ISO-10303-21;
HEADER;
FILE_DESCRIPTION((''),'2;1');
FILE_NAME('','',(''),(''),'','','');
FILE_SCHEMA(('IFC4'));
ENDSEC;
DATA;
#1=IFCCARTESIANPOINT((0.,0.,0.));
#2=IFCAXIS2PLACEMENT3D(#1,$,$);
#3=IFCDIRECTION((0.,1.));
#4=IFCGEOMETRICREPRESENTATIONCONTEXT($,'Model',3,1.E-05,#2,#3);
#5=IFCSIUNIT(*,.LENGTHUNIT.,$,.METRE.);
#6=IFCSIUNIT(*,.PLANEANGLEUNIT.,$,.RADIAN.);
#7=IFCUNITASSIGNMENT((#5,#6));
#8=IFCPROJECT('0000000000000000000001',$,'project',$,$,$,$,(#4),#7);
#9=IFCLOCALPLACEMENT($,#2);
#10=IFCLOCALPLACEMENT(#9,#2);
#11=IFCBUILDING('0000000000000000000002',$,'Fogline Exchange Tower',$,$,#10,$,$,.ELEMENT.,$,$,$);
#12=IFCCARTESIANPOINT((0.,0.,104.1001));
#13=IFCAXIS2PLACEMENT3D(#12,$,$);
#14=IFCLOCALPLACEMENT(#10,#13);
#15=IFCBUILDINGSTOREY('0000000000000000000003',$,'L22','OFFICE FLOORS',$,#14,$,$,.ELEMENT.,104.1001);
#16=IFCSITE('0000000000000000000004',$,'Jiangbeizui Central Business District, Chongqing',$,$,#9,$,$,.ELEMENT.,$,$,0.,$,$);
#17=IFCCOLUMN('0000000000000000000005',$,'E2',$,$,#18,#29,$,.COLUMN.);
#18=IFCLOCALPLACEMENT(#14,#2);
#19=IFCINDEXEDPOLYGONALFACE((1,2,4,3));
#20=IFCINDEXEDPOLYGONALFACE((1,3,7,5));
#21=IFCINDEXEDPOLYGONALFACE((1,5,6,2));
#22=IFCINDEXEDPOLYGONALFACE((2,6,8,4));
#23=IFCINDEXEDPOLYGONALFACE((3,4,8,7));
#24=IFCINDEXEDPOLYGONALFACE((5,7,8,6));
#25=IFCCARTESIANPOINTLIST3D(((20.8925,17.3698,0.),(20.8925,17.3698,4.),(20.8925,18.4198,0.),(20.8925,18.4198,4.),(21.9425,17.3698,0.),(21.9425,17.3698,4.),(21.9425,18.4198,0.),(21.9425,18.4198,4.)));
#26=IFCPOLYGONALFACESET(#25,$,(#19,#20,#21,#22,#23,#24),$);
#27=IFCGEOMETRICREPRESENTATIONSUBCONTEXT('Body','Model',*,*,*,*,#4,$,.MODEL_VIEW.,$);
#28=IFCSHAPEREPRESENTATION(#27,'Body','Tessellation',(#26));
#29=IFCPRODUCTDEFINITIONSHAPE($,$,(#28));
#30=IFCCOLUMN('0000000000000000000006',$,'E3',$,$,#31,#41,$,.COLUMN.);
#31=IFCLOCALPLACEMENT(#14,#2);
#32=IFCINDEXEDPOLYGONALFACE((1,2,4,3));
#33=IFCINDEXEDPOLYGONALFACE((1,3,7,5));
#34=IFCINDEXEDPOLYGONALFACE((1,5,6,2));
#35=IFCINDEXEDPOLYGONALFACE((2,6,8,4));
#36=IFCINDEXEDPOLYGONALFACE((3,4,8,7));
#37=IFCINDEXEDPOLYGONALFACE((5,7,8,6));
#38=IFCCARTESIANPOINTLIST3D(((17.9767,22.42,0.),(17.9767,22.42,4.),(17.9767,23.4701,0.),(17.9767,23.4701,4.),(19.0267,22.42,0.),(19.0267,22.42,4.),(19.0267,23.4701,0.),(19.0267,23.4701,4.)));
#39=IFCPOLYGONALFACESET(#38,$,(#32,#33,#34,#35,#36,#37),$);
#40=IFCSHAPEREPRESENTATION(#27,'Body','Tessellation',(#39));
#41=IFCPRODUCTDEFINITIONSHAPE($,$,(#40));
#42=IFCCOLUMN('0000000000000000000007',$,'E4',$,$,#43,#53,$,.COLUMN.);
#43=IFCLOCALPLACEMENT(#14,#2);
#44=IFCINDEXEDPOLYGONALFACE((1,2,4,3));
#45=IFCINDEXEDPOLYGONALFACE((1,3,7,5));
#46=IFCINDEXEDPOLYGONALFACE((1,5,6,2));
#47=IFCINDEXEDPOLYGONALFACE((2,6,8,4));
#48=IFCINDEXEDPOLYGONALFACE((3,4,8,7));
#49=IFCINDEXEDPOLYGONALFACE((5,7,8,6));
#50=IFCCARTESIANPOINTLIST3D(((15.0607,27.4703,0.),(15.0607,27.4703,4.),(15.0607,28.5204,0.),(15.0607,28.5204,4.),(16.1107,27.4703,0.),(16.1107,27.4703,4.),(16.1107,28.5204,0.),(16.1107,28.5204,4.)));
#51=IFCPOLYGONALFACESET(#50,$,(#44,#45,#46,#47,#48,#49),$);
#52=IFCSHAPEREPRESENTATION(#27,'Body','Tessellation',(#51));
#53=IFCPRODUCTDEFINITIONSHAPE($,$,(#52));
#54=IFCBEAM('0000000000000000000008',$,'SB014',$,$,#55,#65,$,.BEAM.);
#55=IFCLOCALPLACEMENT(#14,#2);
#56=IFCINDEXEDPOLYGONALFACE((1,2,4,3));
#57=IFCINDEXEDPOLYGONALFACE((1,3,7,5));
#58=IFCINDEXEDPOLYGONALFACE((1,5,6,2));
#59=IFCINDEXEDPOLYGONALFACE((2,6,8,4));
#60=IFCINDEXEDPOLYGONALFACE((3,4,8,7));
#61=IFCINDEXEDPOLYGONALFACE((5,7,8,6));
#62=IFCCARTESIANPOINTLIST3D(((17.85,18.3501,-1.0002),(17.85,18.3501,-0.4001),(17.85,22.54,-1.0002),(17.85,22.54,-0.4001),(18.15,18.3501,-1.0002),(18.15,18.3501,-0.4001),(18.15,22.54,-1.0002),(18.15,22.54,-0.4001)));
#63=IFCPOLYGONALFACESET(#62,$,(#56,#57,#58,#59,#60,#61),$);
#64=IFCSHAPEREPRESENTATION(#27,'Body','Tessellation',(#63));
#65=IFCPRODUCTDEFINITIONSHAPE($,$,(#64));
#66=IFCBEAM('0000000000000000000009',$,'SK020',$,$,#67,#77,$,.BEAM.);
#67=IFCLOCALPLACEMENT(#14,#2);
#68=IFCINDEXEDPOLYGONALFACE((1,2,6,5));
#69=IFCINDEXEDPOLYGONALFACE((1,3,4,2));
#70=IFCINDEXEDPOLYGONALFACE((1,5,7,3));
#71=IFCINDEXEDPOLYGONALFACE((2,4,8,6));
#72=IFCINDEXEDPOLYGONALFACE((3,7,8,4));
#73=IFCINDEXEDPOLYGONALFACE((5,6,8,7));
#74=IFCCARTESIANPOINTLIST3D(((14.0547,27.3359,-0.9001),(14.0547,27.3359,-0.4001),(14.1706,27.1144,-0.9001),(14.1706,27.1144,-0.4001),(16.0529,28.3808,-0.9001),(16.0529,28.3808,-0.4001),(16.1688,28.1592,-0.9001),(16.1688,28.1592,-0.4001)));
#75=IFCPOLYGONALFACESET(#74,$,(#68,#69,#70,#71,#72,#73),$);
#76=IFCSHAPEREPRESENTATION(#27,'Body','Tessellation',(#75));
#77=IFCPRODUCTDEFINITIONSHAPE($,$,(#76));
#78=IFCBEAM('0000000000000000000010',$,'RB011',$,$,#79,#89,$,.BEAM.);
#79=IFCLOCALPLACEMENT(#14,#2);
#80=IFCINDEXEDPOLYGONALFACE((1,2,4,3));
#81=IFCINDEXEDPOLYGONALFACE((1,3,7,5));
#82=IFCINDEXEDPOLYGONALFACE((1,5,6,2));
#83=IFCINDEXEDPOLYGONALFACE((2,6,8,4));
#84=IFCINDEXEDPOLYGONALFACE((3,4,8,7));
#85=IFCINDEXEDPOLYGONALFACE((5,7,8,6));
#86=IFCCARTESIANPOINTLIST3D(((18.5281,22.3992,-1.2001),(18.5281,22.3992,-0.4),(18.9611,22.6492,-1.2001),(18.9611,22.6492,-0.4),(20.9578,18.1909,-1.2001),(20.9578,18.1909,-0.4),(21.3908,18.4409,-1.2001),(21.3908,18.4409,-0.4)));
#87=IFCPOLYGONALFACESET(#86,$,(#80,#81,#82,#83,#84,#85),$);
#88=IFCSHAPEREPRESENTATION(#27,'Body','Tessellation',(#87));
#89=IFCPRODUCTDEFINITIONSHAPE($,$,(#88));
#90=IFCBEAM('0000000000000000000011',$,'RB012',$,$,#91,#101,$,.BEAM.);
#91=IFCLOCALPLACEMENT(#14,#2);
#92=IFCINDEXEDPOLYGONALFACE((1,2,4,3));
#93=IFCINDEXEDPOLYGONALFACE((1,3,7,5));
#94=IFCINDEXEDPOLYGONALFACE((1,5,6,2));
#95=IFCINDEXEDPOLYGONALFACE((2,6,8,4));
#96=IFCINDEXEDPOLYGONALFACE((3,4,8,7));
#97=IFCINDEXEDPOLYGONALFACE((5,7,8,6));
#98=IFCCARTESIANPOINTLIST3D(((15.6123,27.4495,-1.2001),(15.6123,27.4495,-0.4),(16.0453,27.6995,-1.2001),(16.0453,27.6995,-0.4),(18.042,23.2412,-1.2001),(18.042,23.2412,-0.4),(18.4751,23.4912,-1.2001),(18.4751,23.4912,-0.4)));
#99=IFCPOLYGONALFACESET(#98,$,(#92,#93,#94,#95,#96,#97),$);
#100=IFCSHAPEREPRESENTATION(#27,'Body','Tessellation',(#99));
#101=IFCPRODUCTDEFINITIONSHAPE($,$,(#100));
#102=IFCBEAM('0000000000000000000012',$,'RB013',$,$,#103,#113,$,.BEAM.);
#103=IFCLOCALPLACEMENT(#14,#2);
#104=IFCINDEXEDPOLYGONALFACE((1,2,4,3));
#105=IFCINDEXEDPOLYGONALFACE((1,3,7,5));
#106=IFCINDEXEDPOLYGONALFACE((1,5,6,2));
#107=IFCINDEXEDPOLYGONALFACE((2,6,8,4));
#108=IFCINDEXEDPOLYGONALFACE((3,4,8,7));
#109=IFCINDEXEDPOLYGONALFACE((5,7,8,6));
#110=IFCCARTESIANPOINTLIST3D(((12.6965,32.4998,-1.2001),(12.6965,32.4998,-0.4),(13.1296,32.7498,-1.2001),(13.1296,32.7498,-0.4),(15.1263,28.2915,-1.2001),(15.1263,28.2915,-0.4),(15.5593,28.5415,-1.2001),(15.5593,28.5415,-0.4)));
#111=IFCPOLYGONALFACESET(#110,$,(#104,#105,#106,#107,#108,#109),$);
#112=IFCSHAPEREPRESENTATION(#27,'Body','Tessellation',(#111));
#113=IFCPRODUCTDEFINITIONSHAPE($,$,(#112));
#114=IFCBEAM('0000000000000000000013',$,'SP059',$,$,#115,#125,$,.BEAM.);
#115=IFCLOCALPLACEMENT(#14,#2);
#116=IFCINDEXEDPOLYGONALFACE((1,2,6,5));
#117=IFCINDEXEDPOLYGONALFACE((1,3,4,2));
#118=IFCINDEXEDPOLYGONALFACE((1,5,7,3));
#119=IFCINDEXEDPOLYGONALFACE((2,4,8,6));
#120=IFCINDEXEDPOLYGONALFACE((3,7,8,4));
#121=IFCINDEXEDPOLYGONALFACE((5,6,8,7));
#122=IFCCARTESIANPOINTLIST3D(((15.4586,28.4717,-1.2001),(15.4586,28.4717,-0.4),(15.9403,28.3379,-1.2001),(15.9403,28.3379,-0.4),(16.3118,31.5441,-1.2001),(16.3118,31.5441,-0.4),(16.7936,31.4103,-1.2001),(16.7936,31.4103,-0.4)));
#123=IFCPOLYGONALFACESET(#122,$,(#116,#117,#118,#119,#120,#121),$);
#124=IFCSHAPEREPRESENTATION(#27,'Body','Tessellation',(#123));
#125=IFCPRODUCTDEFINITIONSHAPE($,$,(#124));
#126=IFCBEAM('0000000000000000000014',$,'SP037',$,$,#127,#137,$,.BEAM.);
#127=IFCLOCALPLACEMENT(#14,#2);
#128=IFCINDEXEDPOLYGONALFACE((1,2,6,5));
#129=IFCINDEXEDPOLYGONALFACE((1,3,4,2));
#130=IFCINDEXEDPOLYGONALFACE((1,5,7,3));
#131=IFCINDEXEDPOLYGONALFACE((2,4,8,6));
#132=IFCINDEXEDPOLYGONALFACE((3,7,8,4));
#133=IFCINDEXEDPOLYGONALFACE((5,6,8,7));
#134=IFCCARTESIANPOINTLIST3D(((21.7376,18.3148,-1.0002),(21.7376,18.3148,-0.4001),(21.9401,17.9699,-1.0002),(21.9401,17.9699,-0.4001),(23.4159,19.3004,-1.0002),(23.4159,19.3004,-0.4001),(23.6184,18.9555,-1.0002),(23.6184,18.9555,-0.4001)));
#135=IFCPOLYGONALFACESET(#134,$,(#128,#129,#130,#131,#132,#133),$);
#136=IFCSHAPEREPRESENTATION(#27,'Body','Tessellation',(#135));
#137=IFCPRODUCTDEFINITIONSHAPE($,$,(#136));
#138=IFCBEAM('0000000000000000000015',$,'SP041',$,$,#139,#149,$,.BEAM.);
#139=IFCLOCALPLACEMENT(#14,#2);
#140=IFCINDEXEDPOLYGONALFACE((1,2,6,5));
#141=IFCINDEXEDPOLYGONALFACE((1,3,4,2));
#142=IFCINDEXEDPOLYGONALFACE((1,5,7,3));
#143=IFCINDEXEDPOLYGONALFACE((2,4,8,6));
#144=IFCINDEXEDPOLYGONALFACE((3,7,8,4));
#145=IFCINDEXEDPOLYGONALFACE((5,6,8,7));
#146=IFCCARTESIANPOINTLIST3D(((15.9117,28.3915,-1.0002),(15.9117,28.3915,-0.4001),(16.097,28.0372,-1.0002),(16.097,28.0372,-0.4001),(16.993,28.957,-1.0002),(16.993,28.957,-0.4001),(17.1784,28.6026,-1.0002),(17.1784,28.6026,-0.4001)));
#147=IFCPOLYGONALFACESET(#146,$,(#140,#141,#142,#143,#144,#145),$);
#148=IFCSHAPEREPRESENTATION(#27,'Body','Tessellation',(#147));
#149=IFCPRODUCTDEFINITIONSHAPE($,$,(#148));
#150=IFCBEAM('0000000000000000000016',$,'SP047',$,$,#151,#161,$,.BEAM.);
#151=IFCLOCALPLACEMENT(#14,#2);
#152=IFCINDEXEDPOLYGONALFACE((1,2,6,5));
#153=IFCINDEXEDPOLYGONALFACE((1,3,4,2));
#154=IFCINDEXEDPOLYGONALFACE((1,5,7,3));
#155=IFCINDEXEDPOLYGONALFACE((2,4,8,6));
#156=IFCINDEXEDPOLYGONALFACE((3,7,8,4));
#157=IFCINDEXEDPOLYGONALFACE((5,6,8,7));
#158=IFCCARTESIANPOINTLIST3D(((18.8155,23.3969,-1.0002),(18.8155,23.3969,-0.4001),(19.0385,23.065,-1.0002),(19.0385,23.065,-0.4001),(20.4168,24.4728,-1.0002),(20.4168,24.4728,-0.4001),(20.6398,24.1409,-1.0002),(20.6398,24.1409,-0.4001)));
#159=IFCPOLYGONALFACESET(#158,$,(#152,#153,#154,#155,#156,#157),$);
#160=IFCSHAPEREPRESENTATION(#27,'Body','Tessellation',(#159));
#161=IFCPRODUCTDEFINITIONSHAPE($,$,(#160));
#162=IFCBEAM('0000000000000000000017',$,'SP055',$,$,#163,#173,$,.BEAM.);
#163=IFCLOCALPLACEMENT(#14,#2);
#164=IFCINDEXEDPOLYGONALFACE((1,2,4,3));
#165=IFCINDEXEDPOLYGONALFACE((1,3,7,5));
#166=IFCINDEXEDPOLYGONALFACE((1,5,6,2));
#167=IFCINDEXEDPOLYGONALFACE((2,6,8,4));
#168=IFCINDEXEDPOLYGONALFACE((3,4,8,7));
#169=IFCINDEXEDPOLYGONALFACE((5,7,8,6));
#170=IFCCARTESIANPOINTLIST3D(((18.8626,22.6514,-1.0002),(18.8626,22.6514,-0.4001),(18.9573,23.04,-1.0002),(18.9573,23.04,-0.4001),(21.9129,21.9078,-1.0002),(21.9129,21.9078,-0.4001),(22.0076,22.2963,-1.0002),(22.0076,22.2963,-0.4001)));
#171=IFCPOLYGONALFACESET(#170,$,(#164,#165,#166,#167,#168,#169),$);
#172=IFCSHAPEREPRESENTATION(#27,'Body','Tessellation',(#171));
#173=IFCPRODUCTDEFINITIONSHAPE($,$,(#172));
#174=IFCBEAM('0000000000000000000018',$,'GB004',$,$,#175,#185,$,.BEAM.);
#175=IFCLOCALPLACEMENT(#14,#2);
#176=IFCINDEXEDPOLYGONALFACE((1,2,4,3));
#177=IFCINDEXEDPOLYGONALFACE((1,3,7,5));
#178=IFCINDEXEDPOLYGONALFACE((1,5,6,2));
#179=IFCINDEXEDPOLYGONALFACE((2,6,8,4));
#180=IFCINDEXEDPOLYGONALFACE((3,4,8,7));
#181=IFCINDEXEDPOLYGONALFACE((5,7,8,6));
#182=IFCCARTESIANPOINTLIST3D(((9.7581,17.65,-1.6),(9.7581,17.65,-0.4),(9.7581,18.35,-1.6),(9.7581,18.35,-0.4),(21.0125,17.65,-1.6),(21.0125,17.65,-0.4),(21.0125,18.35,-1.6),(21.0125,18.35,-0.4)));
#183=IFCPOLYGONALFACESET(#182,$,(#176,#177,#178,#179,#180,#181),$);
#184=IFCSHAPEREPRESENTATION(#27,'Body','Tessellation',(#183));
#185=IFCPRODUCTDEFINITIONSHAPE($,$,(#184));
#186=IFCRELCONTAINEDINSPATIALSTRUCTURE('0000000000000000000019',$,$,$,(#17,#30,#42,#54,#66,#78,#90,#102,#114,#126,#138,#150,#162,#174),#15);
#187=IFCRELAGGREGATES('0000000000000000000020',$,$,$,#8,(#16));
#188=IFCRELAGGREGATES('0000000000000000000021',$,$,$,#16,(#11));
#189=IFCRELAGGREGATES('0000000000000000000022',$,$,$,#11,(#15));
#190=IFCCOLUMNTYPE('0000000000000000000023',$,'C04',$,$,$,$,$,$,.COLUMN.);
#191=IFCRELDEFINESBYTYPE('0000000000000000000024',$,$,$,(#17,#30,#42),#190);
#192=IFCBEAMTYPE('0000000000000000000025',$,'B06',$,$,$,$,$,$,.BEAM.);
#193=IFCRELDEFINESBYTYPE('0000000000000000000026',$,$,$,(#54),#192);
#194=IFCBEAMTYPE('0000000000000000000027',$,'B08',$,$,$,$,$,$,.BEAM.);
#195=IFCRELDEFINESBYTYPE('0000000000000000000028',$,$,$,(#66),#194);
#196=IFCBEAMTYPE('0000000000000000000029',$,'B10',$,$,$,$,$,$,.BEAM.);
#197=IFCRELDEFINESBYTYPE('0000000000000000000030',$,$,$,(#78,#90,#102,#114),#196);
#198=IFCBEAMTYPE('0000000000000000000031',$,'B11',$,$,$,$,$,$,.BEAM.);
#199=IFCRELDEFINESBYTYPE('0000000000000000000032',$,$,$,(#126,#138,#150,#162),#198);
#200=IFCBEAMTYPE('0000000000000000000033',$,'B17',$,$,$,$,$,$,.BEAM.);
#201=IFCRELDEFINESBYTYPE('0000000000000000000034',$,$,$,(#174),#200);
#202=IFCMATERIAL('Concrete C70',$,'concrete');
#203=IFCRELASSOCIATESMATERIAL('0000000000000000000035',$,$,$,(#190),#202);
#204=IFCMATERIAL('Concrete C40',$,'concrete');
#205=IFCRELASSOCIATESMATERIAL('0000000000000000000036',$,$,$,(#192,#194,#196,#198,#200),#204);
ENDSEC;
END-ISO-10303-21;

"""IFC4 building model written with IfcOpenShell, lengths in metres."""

from ifc_helpers import new_model, si_unit, direction, frame, origin, origin_2d, place, context, subcontext, project, spatial, rectangle, extrude, material, material_profile, profile_set, type_object, element, save


model = new_model("IFC4")

# Units and contexts
model_context = context("Model", 3, precision=1e-05, world=origin(), true_north=direction((0.0, 1.0)))
body_context = subcontext(model_context, "Body", "Model", "MODEL_VIEW")
ifc_project = project(units=[si_unit("LENGTHUNIT", "METRE"), si_unit("PLANEANGLEUNIT", "RADIAN")], contexts=[model_context])

# Site, building, storey
site_placement = place(None, origin())
site = spatial("IfcSite", under=ifc_project, at=site_placement, Name="Jiangbeizui Central Business District, Chongqing", CompositionType="ELEMENT", RefElevation=0.0)
building_placement = place(site_placement, origin())
building = spatial("IfcBuilding", under=site, at=building_placement, Name="Fogline Exchange Tower", CompositionType="ELEMENT")
storey_placement = place(building_placement, frame((0.0, 0.0, 104.1001)))
storey = spatial("IfcBuildingStorey", under=building, at=storey_placement, Name="L22", Description="OFFICE FLOORS", CompositionType="ELEMENT", Elevation=104.1001)

# Columns
ifc_material_1 = material(Name="Concrete C70", Category="concrete")
ifc_material_profile_1 = material_profile(ifc_material_1, rectangle(XDim=1.05, YDim=1.05, at=origin_2d()), Name="RC 1050x1050")
ifc_profile_set_1 = profile_set([ifc_material_profile_1], Name="Concrete C70")
column_type = type_object("IfcColumnType", Name="C04", PredefinedType="COLUMN", material=ifc_profile_set_1)
for number, where, z_axis, x_axis, name in (
    (1, (21.4175, 17.8948, 0.0), (0.0, 0.0, 1.0), (1.0, 0.0, 0.0), "E2"),
    (2, (18.5017, 22.9451, 0.0), (0.0, 0.0, 1.0), (1.0, 0.0, 0.0), "E3"),
    (3, (15.5857, 27.9954, 0.0), (0.0, 0.0, 1.0), (1.0, 0.0, 0.0), "E4"),
):
    element("IfcColumn", number, at=place(storey_placement, frame(where, z_axis=z_axis, x_axis=x_axis)), inside=storey, type_object=column_type, Name=name, PredefinedType="COLUMN", context=body_context, shape_type="SweptSolid", body=[
        extrude(rectangle(XDim=1.05, YDim=1.05, at=origin_2d()), origin(), (0.0, 0.0, 1.0), 4.0),
    ])

# Beams
ifc_material_2 = material(Name="Concrete C40", Category="concrete")
ifc_material_profile_2 = material_profile(ifc_material_2, rectangle(XDim=0.3, YDim=0.6001, at=origin_2d()), Name="RC 300x600")
ifc_profile_set_2 = profile_set([ifc_material_profile_2], Name="Concrete C40")
beam_type_1 = type_object("IfcBeamType", Name="B06", PredefinedType="BEAM", material=ifc_profile_set_2)
beam_1_placement = place(storey_placement, frame((18.0, 18.3501, -0.7002), z_axis=(0.0, 1.0, 0.0), x_axis=(-1.0, 0.0, 0.0)))
element("IfcBeam", 4, at=beam_1_placement, inside=storey, type_object=beam_type_1, Name="SB014", PredefinedType="BEAM", context=body_context, shape_type="SweptSolid", body=[
    extrude(rectangle(XDim=0.3, YDim=0.6001, at=origin_2d()), origin(), (0.0, 0.0, 1.0), 4.1899),
])
ifc_material_profile_3 = material_profile(ifc_material_2, rectangle(XDim=0.25, YDim=0.5, at=origin_2d()), Name="RC 250x500")
ifc_profile_set_3 = profile_set([ifc_material_profile_3], Name="Concrete C40")
beam_type_2 = type_object("IfcBeamType", Name="B08", PredefinedType="BEAM", material=ifc_profile_set_3)
beam_2_placement = place(storey_placement, frame((16.1108, 28.27, -0.6501), z_axis=(-0.88616, -0.46338, 0.0), x_axis=(0.46338, -0.88616, 0.0)))
element("IfcBeam", 5, at=beam_2_placement, inside=storey, type_object=beam_type_2, Name="SK020", PredefinedType="BEAM", context=body_context, shape_type="SweptSolid", body=[
    extrude(rectangle(XDim=0.25, YDim=0.5, at=origin_2d()), origin(), (0.0, 0.0, 1.0), 2.2549),
])
ifc_material_profile_4 = material_profile(ifc_material_2, rectangle(XDim=0.5, YDim=0.8, at=origin_2d()), Name="RC 500x800")
ifc_profile_set_4 = profile_set([ifc_material_profile_4], Name="Concrete C40")
beam_type_3 = type_object("IfcBeamType", Name="B10", PredefinedType="BEAM", material=ifc_profile_set_4)
for number, where, z_axis, x_axis, name in (
    (6, (21.1743, 18.3159, -0.8), (-0.500008, 0.866021, 0.0), (-0.866021, -0.500008, 0.0), "RB011"),
    (7, (18.2585, 23.3662, -0.8), (-0.500008, 0.866021, 0.0), (-0.866021, -0.500008, 0.0), "RB012"),
    (8, (15.3428, 28.4165, -0.8), (-0.500008, 0.866021, 0.0), (-0.866021, -0.500008, 0.0), "RB013"),
):
    element("IfcBeam", number, at=place(storey_placement, frame(where, z_axis=z_axis, x_axis=x_axis)), inside=storey, type_object=beam_type_3, Name=name, PredefinedType="BEAM", context=body_context, shape_type="SweptSolid", body=[
        extrude(rectangle(XDim=0.5, YDim=0.8, at=origin_2d()), origin(), (0.0, 0.0, 1.0), 4.8594),
    ])
beam_3_placement = place(storey_placement, frame((15.6995, 28.4048, -0.8), z_axis=(0.267585, 0.963534, 0.0), x_axis=(-0.963534, 0.267585, 0.0)))
element("IfcBeam", 9, at=beam_3_placement, inside=storey, type_object=beam_type_3, Name="SP059", PredefinedType="BEAM", context=body_context, shape_type="SweptSolid", body=[
    extrude(rectangle(XDim=0.5, YDim=0.8, at=origin_2d()), origin(), (0.0, 0.0, 1.0), 3.1887),
])
ifc_material_profile_5 = material_profile(ifc_material_2, rectangle(XDim=0.3999, YDim=0.6001, at=origin_2d()), Name="RC 400x600")
ifc_profile_set_5 = profile_set([ifc_material_profile_5], Name="Concrete C40")
beam_type_4 = type_object("IfcBeamType", Name="B11", PredefinedType="BEAM", material=ifc_profile_set_5)
beam_4_placement = place(storey_placement, frame((21.8389, 18.1423, -0.7002), z_axis=(0.862292, 0.506411, 0.0), x_axis=(-0.506411, 0.862292, 0.0)))
element("IfcBeam", 10, at=beam_4_placement, inside=storey, type_object=beam_type_4, Name="SP037", PredefinedType="BEAM", context=body_context, shape_type="SweptSolid", body=[
    extrude(rectangle(XDim=0.3999, YDim=0.6001, at=origin_2d()), origin(), (0.0, 0.0, 1.0), 1.9463),
])
beam_5_placement = place(storey_placement, frame((16.0044, 28.2144, -0.7002), z_axis=(0.886156, 0.463386, 0.0), x_axis=(-0.463386, 0.886156, 0.0)))
element("IfcBeam", 11, at=beam_5_placement, inside=storey, type_object=beam_type_4, Name="SP041", PredefinedType="BEAM", context=body_context, shape_type="SweptSolid", body=[
    extrude(rectangle(XDim=0.3999, YDim=0.6001, at=origin_2d()), origin(), (0.0, 0.0, 1.0), 1.2202),
])
beam_6_placement = place(storey_placement, frame((18.927, 23.231, -0.7002), z_axis=(0.83004, 0.557705, 0.0), x_axis=(-0.557705, 0.83004, 0.0)))
element("IfcBeam", 12, at=beam_6_placement, inside=storey, type_object=beam_type_4, Name="SP047", PredefinedType="BEAM", context=body_context, shape_type="SweptSolid", body=[
    extrude(rectangle(XDim=0.3999, YDim=0.6001, at=origin_2d()), origin(), (0.0, 0.0, 1.0), 1.9292),
])
beam_7_placement = place(storey_placement, frame((18.9099, 22.8457, -0.7002), z_axis=(0.971544, -0.23686, 0.0), x_axis=(0.23686, 0.971544, 0.0)))
element("IfcBeam", 13, at=beam_7_placement, inside=storey, type_object=beam_type_4, Name="SP055", PredefinedType="BEAM", context=body_context, shape_type="SweptSolid", body=[
    extrude(rectangle(XDim=0.3999, YDim=0.6001, at=origin_2d()), origin(), (0.0, 0.0, 1.0), 3.1396),
])
ifc_material_profile_6 = material_profile(ifc_material_2, rectangle(XDim=0.7, YDim=1.2, at=origin_2d()), Name="RC 700x1200")
ifc_profile_set_6 = profile_set([ifc_material_profile_6], Name="Concrete C40")
beam_type_5 = type_object("IfcBeamType", Name="B17", PredefinedType="BEAM", material=ifc_profile_set_6)
beam_8_placement = place(storey_placement, frame((9.7581, 18.0, -1.0), z_axis=(1.0, 0.0, 0.0), x_axis=(0.0, 1.0, 0.0)))
element("IfcBeam", 14, at=beam_8_placement, inside=storey, type_object=beam_type_5, Name="GB004", PredefinedType="BEAM", context=body_context, shape_type="SweptSolid", body=[
    extrude(rectangle(XDim=0.7, YDim=1.2, at=origin_2d()), origin(), (0.0, 0.0, 1.0), 11.2544),
])

save(model, "model.ifc")
